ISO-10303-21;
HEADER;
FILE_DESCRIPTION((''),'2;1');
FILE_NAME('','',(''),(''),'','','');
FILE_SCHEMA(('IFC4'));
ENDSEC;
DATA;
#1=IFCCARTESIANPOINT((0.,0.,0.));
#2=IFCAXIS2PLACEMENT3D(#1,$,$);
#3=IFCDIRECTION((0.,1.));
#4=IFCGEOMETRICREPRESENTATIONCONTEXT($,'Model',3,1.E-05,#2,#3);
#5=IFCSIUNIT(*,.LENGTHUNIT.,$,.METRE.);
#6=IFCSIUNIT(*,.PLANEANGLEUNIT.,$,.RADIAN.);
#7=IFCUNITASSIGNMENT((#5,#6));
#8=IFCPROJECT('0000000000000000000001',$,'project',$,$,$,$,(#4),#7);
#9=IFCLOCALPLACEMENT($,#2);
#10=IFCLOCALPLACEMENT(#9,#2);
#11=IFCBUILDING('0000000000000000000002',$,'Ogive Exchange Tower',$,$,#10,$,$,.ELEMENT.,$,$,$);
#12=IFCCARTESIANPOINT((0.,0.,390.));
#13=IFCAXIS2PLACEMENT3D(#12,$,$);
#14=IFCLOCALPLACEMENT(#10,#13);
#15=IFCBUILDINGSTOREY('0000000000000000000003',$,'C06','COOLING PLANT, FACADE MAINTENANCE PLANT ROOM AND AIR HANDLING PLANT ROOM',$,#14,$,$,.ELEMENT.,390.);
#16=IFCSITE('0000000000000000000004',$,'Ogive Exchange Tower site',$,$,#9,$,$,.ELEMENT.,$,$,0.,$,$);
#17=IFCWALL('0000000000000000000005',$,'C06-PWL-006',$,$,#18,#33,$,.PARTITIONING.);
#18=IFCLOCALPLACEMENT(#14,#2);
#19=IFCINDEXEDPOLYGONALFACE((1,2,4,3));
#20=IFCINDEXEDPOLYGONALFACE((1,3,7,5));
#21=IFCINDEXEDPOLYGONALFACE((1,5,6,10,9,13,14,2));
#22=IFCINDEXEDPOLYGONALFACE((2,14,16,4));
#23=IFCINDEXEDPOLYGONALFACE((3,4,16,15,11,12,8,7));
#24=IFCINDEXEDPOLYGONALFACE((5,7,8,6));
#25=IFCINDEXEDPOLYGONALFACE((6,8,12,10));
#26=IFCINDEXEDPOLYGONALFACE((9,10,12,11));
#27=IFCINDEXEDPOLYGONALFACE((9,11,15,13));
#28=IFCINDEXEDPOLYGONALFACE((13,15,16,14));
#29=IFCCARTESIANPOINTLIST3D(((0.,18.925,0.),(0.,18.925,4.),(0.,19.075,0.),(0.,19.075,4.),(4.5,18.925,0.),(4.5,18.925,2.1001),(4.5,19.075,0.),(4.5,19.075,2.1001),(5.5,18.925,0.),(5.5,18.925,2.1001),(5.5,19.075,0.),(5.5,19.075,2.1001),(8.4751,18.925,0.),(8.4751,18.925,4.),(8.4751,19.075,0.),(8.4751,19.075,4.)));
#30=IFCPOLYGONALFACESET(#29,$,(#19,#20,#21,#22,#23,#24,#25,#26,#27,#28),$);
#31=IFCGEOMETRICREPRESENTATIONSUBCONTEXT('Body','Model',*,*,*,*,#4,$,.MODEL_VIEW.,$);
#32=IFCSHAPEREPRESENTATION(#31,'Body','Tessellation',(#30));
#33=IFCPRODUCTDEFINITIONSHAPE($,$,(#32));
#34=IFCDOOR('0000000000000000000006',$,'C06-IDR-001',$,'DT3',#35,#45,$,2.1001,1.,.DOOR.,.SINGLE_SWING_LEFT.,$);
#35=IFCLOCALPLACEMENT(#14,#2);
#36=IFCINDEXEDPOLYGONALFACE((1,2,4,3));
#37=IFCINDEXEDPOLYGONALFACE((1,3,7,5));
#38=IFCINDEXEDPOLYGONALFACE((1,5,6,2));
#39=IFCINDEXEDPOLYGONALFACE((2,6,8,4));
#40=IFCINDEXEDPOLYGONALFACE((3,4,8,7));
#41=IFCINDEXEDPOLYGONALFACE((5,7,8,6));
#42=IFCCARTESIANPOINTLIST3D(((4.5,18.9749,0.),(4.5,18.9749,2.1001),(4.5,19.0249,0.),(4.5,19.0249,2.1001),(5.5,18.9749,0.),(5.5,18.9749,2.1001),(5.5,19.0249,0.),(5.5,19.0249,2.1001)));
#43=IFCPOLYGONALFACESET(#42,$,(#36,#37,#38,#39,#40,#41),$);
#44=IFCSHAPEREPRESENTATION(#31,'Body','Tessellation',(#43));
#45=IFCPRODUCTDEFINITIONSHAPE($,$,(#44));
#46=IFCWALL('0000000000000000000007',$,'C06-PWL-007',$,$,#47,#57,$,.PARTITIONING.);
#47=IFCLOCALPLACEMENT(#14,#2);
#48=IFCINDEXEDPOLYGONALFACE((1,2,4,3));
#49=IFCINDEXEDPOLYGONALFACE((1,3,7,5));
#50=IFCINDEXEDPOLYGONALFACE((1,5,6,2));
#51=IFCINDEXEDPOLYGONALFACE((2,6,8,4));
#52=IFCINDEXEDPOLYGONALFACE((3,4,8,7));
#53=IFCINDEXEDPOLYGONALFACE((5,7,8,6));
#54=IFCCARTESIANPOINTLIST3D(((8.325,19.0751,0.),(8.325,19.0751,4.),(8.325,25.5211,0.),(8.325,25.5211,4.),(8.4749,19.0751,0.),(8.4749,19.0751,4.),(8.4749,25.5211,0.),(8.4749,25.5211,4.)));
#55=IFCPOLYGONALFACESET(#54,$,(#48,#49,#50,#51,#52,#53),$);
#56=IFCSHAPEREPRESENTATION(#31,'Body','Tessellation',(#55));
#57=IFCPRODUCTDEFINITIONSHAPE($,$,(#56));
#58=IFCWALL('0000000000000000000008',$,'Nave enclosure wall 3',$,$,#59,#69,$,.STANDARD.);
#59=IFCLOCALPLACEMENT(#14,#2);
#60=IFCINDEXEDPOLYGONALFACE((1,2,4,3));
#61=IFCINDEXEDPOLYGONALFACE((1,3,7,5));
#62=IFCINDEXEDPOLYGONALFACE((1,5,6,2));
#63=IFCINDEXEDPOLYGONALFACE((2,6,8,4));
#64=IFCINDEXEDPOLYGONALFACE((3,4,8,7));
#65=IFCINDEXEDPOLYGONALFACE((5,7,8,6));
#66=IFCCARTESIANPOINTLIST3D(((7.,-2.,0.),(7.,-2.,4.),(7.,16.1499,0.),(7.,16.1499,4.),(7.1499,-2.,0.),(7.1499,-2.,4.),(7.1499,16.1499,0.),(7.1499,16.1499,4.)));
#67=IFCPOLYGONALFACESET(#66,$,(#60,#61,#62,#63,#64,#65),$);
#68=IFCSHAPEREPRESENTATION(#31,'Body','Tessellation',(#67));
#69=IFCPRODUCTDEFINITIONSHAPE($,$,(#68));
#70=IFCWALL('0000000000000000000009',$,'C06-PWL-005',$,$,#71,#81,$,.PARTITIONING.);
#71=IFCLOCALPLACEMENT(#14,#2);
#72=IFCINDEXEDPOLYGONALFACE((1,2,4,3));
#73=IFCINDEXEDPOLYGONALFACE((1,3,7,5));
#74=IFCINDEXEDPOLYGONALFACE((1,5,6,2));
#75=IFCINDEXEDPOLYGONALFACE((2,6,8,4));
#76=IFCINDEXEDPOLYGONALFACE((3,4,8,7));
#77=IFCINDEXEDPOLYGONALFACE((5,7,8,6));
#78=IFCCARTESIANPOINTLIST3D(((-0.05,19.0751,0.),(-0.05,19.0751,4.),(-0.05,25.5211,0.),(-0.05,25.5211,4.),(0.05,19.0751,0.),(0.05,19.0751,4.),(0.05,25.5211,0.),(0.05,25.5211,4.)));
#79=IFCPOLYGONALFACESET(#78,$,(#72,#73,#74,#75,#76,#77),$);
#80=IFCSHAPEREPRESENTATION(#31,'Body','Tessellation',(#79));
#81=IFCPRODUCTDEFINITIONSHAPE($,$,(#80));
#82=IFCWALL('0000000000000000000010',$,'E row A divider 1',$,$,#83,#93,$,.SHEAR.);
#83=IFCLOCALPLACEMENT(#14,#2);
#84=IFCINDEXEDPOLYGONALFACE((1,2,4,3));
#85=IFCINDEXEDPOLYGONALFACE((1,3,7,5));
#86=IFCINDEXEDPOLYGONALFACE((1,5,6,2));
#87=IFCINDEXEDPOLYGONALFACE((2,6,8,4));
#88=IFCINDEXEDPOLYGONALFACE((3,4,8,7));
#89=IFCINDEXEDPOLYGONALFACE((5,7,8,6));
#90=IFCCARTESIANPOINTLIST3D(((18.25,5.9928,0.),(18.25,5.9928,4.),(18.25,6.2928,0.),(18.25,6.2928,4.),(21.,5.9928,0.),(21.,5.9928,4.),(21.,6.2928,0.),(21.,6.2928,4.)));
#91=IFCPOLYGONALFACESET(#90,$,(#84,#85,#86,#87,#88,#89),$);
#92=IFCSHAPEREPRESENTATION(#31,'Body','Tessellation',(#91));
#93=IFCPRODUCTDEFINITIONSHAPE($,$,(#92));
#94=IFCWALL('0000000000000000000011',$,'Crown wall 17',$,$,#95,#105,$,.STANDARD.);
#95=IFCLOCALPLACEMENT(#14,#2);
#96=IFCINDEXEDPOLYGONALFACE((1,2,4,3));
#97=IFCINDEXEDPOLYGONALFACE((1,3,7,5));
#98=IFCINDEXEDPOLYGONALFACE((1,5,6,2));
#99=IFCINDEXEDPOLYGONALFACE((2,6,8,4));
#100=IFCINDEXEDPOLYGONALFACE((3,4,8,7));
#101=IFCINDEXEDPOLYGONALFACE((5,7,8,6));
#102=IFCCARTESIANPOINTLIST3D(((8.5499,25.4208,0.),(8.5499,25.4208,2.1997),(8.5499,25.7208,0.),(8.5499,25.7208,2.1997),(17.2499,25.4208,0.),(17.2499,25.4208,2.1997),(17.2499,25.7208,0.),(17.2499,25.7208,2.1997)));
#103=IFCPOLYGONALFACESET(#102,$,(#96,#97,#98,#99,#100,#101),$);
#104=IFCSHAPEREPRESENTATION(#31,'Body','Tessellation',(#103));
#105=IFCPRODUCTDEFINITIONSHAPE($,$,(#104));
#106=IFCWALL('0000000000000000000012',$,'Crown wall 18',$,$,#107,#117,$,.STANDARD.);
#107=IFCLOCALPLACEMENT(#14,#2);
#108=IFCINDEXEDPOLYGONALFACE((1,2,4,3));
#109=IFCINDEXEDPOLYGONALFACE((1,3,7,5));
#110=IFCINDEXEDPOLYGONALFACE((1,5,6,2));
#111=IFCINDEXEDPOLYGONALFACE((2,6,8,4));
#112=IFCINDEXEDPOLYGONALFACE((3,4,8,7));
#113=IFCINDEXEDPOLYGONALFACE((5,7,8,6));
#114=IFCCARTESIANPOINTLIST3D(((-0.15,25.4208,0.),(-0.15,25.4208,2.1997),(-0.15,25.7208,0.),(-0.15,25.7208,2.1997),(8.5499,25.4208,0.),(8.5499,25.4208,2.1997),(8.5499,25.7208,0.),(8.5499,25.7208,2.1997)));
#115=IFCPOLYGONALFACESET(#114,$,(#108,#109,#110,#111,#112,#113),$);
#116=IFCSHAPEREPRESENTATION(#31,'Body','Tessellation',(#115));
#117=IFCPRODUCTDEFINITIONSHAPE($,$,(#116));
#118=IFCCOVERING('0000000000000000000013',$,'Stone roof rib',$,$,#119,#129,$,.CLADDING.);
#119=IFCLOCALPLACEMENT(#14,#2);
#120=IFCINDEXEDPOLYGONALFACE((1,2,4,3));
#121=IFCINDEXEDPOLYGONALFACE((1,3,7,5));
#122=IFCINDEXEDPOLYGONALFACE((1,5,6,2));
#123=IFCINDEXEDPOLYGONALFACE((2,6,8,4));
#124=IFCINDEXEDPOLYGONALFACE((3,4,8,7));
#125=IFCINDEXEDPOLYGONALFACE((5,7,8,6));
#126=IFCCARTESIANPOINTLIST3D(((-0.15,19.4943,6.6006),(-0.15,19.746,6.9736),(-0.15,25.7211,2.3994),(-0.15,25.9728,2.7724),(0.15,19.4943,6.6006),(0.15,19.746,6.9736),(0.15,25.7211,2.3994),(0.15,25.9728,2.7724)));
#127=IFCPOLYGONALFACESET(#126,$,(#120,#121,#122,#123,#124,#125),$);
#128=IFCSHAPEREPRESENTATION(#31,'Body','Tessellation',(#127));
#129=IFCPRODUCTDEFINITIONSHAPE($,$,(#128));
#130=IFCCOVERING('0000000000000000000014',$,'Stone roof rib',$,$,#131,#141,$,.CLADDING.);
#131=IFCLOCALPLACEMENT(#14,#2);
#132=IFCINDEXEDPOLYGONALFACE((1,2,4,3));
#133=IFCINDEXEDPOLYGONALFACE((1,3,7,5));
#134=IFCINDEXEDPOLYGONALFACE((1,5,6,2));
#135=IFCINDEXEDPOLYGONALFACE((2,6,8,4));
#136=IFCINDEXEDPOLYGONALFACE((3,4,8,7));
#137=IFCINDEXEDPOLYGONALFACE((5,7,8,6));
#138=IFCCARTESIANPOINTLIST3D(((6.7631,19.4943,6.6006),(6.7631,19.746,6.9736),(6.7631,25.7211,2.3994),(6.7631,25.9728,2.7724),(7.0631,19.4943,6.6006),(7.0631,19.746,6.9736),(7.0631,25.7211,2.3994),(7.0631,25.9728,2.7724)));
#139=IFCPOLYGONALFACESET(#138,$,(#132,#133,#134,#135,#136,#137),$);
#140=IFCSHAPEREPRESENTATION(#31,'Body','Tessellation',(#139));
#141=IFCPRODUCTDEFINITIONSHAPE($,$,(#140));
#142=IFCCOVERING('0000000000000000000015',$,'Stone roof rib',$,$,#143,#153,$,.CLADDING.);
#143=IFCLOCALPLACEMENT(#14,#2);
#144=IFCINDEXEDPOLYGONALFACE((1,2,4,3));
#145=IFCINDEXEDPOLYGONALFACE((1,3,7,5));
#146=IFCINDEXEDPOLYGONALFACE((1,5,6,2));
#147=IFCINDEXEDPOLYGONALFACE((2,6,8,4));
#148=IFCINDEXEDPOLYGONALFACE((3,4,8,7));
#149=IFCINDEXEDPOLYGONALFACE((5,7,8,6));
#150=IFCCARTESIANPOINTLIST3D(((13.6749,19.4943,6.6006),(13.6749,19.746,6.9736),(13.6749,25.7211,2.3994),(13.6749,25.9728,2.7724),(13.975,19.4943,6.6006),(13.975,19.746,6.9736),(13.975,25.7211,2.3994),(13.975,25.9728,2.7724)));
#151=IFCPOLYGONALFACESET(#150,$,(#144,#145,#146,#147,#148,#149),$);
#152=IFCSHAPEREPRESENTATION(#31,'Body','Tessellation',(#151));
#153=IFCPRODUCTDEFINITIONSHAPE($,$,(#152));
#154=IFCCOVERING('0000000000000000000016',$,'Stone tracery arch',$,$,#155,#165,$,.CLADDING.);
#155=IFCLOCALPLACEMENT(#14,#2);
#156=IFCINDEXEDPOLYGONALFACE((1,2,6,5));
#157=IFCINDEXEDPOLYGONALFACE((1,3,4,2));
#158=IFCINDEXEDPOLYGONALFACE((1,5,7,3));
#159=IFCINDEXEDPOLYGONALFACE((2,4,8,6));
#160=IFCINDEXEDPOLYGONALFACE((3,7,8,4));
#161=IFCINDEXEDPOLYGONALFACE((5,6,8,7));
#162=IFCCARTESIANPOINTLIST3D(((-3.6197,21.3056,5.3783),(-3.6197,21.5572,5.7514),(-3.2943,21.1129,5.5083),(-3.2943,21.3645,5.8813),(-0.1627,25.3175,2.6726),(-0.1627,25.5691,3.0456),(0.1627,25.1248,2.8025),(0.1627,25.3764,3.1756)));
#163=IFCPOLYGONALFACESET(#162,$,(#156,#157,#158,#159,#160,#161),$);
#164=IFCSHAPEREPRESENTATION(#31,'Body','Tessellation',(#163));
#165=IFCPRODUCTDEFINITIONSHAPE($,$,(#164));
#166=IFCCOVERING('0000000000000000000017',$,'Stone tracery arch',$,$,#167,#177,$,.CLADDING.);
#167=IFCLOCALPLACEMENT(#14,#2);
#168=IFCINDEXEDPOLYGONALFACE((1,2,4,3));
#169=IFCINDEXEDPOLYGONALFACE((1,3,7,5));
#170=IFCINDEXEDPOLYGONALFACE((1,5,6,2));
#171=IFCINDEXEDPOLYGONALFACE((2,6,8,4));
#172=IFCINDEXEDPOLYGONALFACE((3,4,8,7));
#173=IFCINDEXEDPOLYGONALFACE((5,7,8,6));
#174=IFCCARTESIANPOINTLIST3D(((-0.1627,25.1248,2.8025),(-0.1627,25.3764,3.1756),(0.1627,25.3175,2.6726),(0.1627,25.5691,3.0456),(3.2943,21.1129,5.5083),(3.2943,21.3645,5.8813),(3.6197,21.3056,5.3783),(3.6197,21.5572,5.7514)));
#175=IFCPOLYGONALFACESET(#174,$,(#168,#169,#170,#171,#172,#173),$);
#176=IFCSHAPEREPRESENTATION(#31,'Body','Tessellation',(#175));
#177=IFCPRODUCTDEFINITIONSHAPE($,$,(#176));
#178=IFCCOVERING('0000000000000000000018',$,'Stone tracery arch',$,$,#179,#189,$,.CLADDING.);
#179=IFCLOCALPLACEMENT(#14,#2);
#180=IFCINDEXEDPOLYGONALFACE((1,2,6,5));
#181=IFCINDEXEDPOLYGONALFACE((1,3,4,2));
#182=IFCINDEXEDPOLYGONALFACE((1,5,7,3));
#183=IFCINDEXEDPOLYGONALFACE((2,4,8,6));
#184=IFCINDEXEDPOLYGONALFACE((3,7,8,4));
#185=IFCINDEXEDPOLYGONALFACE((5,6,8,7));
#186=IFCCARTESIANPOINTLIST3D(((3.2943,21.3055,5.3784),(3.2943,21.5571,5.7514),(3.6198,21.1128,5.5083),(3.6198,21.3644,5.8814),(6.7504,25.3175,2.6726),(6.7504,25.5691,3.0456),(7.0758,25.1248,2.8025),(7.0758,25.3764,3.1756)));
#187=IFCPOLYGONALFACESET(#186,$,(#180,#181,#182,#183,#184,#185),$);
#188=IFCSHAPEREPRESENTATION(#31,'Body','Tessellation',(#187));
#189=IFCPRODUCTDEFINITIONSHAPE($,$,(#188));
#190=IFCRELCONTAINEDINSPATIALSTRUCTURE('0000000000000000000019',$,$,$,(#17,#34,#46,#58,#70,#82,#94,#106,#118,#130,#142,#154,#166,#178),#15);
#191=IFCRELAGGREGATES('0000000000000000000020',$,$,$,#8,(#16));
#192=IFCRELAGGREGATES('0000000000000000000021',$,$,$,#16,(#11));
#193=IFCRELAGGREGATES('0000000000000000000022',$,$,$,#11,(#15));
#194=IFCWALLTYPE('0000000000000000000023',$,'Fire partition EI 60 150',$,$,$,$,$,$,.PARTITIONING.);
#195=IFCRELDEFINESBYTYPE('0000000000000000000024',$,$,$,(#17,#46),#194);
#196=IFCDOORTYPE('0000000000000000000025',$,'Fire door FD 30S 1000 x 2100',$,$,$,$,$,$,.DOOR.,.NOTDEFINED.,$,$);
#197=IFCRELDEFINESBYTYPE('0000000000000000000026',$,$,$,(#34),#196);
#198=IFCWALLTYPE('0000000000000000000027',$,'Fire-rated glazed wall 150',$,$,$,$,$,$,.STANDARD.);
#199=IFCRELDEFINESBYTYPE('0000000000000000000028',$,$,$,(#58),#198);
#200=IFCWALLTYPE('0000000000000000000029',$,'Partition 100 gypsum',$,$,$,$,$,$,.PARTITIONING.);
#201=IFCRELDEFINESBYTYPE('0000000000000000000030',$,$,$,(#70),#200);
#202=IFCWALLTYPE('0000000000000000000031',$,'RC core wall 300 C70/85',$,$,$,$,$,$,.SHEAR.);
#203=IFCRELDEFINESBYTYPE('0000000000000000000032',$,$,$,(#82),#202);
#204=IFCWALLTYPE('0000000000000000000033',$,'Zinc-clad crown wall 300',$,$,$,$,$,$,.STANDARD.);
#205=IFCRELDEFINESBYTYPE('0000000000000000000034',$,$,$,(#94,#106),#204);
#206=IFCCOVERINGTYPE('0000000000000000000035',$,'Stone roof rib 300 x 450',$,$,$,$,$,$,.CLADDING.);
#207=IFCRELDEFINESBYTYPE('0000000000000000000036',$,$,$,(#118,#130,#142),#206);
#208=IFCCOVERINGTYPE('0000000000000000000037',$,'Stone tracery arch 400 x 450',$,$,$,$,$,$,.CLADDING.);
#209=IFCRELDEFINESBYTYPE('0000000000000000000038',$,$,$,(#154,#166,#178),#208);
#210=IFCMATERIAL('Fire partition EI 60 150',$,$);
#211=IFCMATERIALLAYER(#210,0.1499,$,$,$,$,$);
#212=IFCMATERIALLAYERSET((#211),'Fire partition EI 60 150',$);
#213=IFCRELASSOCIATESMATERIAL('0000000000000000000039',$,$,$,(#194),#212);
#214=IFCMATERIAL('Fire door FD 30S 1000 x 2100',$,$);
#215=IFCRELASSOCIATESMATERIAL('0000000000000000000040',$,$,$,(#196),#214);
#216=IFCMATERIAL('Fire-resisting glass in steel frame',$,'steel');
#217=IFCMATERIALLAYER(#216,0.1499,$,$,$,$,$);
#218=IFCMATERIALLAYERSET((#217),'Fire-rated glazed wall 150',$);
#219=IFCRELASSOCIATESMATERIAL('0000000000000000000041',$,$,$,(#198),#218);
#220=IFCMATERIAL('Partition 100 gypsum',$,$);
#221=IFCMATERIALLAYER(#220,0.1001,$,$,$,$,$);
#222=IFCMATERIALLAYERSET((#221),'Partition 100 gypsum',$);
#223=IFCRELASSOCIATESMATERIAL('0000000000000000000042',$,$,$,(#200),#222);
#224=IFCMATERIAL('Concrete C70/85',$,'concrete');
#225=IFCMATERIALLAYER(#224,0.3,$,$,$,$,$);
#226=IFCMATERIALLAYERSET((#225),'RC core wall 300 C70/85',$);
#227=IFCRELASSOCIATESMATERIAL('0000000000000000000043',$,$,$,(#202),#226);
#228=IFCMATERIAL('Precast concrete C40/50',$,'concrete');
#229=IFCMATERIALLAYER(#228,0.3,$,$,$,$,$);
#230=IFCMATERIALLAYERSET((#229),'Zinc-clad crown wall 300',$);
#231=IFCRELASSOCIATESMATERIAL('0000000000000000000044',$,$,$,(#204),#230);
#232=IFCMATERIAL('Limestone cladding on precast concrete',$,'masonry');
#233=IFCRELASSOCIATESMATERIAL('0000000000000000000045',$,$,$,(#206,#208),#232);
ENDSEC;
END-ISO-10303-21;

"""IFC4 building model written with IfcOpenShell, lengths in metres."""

from ifc_helpers import new_model, si_unit, direction, frame, frame_2d, origin, origin_2d, place, context, subcontext, project, spatial, rectangle, extrude, material, layer, layer_set, material_profile, profile_set, type_object, element, fill, save


model = new_model("IFC4")

# Units and contexts
model_context = context("Model", 3, precision=1e-05, world=origin(), true_north=direction((0.0, 1.0)))
body_context = subcontext(model_context, "Body", "Model", "MODEL_VIEW")
ifc_project = project(units=[si_unit("LENGTHUNIT", "METRE"), si_unit("PLANEANGLEUNIT", "RADIAN")], contexts=[model_context])

# Site, building, storey
site_placement = place(None, origin())
site = spatial("IfcSite", under=ifc_project, at=site_placement, Name="Ogive Exchange Tower site", CompositionType="ELEMENT", RefElevation=0.0)
building_placement = place(site_placement, origin())
building = spatial("IfcBuilding", under=site, at=building_placement, Name="Ogive Exchange Tower", CompositionType="ELEMENT")
storey_placement = place(building_placement, frame((0.0, 0.0, 390.0)))
storey = spatial("IfcBuildingStorey", under=building, at=storey_placement, Name="C06", Description="COOLING PLANT, FACADE MAINTENANCE PLANT ROOM AND AIR HANDLING PLANT ROOM", CompositionType="ELEMENT", Elevation=390.0)

# Wall, opening, door
ifc_material_1 = material(Name="Fire partition EI 60 150")
ifc_layer_1 = layer(ifc_material_1, 0.1499)
ifc_layer_set_1 = layer_set([ifc_layer_1], Name="Fire partition EI 60 150")
wall_type_1 = type_object("IfcWallType", Name="Fire partition EI 60 150", PredefinedType="PARTITIONING", material=ifc_layer_set_1)
wall_1_placement = place(storey_placement, frame((0.0, 19.0, 0.0), z_axis=(0.0, 0.0, 1.0), x_axis=(1.0, 0.0, 0.0)))
wall_1 = element("IfcWall", 1, at=wall_1_placement, inside=storey, type_object=wall_type_1, Name="C06-PWL-006", PredefinedType="PARTITIONING", context=body_context, shape_type="SweptSolid", body=[
    extrude(rectangle(XDim=8.4751, YDim=0.1499, at=frame_2d((4.2375, 0.0))), origin(), (0.0, 0.0, 1.0), 4.0),
])
opening_placement = place(wall_1_placement, frame((4.5, 0.0, 0.0)))
opening = element("IfcOpeningElement", 2, at=opening_placement, cuts=wall_1, PredefinedType="OPENING", context=body_context, shape_type="SweptSolid", body=[
    extrude(rectangle(XDim=1.0, YDim=2.1001, at=frame_2d((0.5, 1.05))), frame((0.0, 0.085, 0.0), z_axis=(0.0, -1.0, 0.0), x_axis=(1.0, 0.0, 0.0)), (0.0, 0.0, 1.0), 0.1699),
])
ifc_material_2 = material(Name="Fire door FD 30S 1000 x 2100")
door_type = type_object("IfcDoorType", Name="Fire door FD 30S 1000 x 2100", OperationType="NOTDEFINED", PredefinedType="DOOR", material=ifc_material_2)
door_placement = place(opening_placement, origin())
door = element("IfcDoor", 3, at=door_placement, inside=storey, type_object=door_type, Name="C06-IDR-001", ObjectType="DT3", OperationType="SINGLE_SWING_LEFT", OverallHeight=2.1001, OverallWidth=1.0, PredefinedType="DOOR", context=body_context, shape_type="SweptSolid", body=[
    extrude(rectangle(XDim=1.0, YDim=2.1001, at=frame_2d((0.5, 1.05))), frame((0.0, 0.0249, 0.0), z_axis=(0.0, -1.0, 0.0), x_axis=(1.0, 0.0, 0.0)), (0.0, 0.0, 1.0), 0.05),
])
fill(opening, door)

# Walls
wall_2_placement = place(storey_placement, frame((8.3999, 19.075, 0.0), z_axis=(0.0, 0.0, 1.0), x_axis=(0.0, 1.0, 0.0)))
element("IfcWall", 4, at=wall_2_placement, inside=storey, type_object=wall_type_1, Name="C06-PWL-007", PredefinedType="PARTITIONING", context=body_context, shape_type="SweptSolid", body=[
    extrude(rectangle(XDim=6.446, YDim=0.1499, at=frame_2d((3.2231, 0.0))), origin(), (0.0, 0.0, 1.0), 4.0),
])
ifc_material_3 = material(Name="Fire-resisting glass in steel frame", Category="steel")
ifc_layer_2 = layer(ifc_material_3, 0.1499)
ifc_layer_set_2 = layer_set([ifc_layer_2], Name="Fire-rated glazed wall 150")
wall_type_2 = type_object("IfcWallType", Name="Fire-rated glazed wall 150", PredefinedType="STANDARD", material=ifc_layer_set_2)
wall_3_placement = place(storey_placement, frame((7.075, 16.1499, 0.0), z_axis=(0.0, 0.0, 1.0), x_axis=(0.0, -1.0, 0.0)))
element("IfcWall", 5, at=wall_3_placement, inside=storey, type_object=wall_type_2, Name="Nave enclosure wall 3", PredefinedType="STANDARD", context=body_context, shape_type="SweptSolid", body=[
    extrude(rectangle(XDim=18.1499, YDim=0.1499, at=frame_2d((9.075, 0.0))), origin(), (0.0, 0.0, 1.0), 4.0),
])
ifc_material_4 = material(Name="Partition 100 gypsum")
ifc_layer_3 = layer(ifc_material_4, 0.1001)
ifc_layer_set_3 = layer_set([ifc_layer_3], Name="Partition 100 gypsum")
wall_type_3 = type_object("IfcWallType", Name="Partition 100 gypsum", PredefinedType="PARTITIONING", material=ifc_layer_set_3)
wall_4_placement = place(storey_placement, frame((0.0, 19.075, 0.0), z_axis=(0.0, 0.0, 1.0), x_axis=(0.0, 1.0, 0.0)))
element("IfcWall", 6, at=wall_4_placement, inside=storey, type_object=wall_type_3, Name="C06-PWL-005", PredefinedType="PARTITIONING", context=body_context, shape_type="SweptSolid", body=[
    extrude(rectangle(XDim=6.446, YDim=0.1001, at=frame_2d((3.2231, 0.0))), origin(), (0.0, 0.0, 1.0), 4.0),
])
ifc_material_5 = material(Name="Concrete C70/85", Category="concrete")
ifc_layer_4 = layer(ifc_material_5, 0.3)
ifc_layer_set_4 = layer_set([ifc_layer_4], Name="RC core wall 300 C70/85")
wall_type_4 = type_object("IfcWallType", Name="RC core wall 300 C70/85", PredefinedType="SHEAR", material=ifc_layer_set_4)
wall_5_placement = place(storey_placement, frame((18.25, 6.1428, 0.0), z_axis=(0.0, 0.0, 1.0), x_axis=(1.0, 0.0, 0.0)))
element("IfcWall", 7, at=wall_5_placement, inside=storey, type_object=wall_type_4, Name="E row A divider 1", PredefinedType="SHEAR", context=body_context, shape_type="SweptSolid", body=[
    extrude(rectangle(XDim=2.75, YDim=0.3, at=frame_2d((1.375, 0.0))), origin(), (0.0, 0.0, 1.0), 4.0),
])
ifc_material_6 = material(Name="Precast concrete C40/50", Category="concrete")
ifc_layer_5 = layer(ifc_material_6, 0.3)
ifc_layer_set_5 = layer_set([ifc_layer_5], Name="Zinc-clad crown wall 300")
wall_type_5 = type_object("IfcWallType", Name="Zinc-clad crown wall 300", PredefinedType="STANDARD", material=ifc_layer_set_5)
for number, where, z_axis, x_axis, name in (
    (8, (17.25, 25.5708, 0.0), (0.0, 0.0, 1.0), (-1.0, 0.0, 0.0), "Crown wall 17"),
    (9, (8.55, 25.5708, 0.0), (0.0, 0.0, 1.0), (-1.0, 0.0, 0.0), "Crown wall 18"),
):
    element("IfcWall", number, at=place(storey_placement, frame(where, z_axis=z_axis, x_axis=x_axis)), inside=storey, type_object=wall_type_5, Name=name, PredefinedType="STANDARD", context=body_context, shape_type="SweptSolid", body=[
        extrude(rectangle(XDim=8.7, YDim=0.3, at=frame_2d((4.3501, 0.0))), origin(), (0.0, 0.0, 1.0), 2.1997),
    ])

# Coverings
ifc_material_7 = material(Name="Limestone cladding on precast concrete", Category="masonry")
ifc_material_profile_1 = material_profile(ifc_material_7, rectangle(XDim=0.3, YDim=0.45, at=origin_2d()), Name="RIB 300 x 450")
ifc_profile_set_1 = profile_set([ifc_material_profile_1], Name="Limestone cladding on precast concrete")
covering_type_1 = type_object("IfcCoveringType", Name="Stone roof rib 300 x 450", PredefinedType="CLADDING", material=ifc_profile_set_1)
for number, where, z_axis, x_axis, name in (
    (10, (0.0, 25.8469, 2.5859), (0.0, -0.828967, 0.559297), (1.0, 0.0, 0.0), "Stone roof rib"),
    (11, (6.9131, 25.8469, 2.5859), (0.0, -0.828967, 0.559297), (1.0, 0.0, 0.0), "Stone roof rib"),
    (12, (13.825, 25.8469, 2.5859), (0.0, -0.828967, 0.559297), (1.0, 0.0, 0.0), "Stone roof rib"),
):
    element("IfcCovering", number, at=place(storey_placement, frame(where, z_axis=z_axis, x_axis=x_axis)), inside=storey, type_object=covering_type_1, Name=name, PredefinedType="CLADDING", context=body_context, shape_type="SweptSolid", body=[
        extrude(rectangle(XDim=0.3, YDim=0.45, at=origin_2d()), origin(), (0.0, 0.0, 1.0), 7.5115),
    ])
ifc_material_profile_2 = material_profile(ifc_material_7, rectangle(XDim=0.3999, YDim=0.45, at=origin_2d()), Name="TRACERY 400 x 450")
ifc_profile_set_2 = profile_set([ifc_material_profile_2], Name="Limestone cladding on precast concrete")
covering_type_2 = type_object("IfcCoveringType", Name="Stone tracery arch 400 x 450", PredefinedType="CLADDING", material=ifc_profile_set_2)
for number, where, z_axis, x_axis, name in (
    (13, (0.0, 25.3469, 2.9241), (-0.581294, -0.674605, 0.454978), (0.813693, -0.481935, 0.325025), "Stone tracery arch"),
    (14, (0.0, 25.3469, 2.9241), (0.581294, -0.674605, 0.454978), (0.813693, 0.481935, -0.325025), "Stone tracery arch"),
):
    element("IfcCovering", number, at=place(storey_placement, frame(where, z_axis=z_axis, x_axis=x_axis)), inside=storey, type_object=covering_type_2, Name=name, PredefinedType="CLADDING", context=body_context, shape_type="SweptSolid", body=[
        extrude(rectangle(XDim=0.3999, YDim=0.45, at=origin_2d()), origin(), (0.0, 0.0, 1.0), 5.947),
    ])
for number, where, z_axis, x_axis, name in (
    (15, (6.9131, 25.3469, 2.9241), (-0.581186, -0.67467, 0.455021), (0.813771, -0.48181, 0.325017), "Stone tracery arch"),
):
    element("IfcCovering", number, at=place(storey_placement, frame(where, z_axis=z_axis, x_axis=x_axis)), inside=storey, type_object=covering_type_2, Name=name, PredefinedType="CLADDING", context=body_context, shape_type="SweptSolid", body=[
        extrude(rectangle(XDim=0.3999, YDim=0.45, at=origin_2d()), origin(), (0.0, 0.0, 1.0), 5.9465),
    ])

save(model, "model.ifc")
